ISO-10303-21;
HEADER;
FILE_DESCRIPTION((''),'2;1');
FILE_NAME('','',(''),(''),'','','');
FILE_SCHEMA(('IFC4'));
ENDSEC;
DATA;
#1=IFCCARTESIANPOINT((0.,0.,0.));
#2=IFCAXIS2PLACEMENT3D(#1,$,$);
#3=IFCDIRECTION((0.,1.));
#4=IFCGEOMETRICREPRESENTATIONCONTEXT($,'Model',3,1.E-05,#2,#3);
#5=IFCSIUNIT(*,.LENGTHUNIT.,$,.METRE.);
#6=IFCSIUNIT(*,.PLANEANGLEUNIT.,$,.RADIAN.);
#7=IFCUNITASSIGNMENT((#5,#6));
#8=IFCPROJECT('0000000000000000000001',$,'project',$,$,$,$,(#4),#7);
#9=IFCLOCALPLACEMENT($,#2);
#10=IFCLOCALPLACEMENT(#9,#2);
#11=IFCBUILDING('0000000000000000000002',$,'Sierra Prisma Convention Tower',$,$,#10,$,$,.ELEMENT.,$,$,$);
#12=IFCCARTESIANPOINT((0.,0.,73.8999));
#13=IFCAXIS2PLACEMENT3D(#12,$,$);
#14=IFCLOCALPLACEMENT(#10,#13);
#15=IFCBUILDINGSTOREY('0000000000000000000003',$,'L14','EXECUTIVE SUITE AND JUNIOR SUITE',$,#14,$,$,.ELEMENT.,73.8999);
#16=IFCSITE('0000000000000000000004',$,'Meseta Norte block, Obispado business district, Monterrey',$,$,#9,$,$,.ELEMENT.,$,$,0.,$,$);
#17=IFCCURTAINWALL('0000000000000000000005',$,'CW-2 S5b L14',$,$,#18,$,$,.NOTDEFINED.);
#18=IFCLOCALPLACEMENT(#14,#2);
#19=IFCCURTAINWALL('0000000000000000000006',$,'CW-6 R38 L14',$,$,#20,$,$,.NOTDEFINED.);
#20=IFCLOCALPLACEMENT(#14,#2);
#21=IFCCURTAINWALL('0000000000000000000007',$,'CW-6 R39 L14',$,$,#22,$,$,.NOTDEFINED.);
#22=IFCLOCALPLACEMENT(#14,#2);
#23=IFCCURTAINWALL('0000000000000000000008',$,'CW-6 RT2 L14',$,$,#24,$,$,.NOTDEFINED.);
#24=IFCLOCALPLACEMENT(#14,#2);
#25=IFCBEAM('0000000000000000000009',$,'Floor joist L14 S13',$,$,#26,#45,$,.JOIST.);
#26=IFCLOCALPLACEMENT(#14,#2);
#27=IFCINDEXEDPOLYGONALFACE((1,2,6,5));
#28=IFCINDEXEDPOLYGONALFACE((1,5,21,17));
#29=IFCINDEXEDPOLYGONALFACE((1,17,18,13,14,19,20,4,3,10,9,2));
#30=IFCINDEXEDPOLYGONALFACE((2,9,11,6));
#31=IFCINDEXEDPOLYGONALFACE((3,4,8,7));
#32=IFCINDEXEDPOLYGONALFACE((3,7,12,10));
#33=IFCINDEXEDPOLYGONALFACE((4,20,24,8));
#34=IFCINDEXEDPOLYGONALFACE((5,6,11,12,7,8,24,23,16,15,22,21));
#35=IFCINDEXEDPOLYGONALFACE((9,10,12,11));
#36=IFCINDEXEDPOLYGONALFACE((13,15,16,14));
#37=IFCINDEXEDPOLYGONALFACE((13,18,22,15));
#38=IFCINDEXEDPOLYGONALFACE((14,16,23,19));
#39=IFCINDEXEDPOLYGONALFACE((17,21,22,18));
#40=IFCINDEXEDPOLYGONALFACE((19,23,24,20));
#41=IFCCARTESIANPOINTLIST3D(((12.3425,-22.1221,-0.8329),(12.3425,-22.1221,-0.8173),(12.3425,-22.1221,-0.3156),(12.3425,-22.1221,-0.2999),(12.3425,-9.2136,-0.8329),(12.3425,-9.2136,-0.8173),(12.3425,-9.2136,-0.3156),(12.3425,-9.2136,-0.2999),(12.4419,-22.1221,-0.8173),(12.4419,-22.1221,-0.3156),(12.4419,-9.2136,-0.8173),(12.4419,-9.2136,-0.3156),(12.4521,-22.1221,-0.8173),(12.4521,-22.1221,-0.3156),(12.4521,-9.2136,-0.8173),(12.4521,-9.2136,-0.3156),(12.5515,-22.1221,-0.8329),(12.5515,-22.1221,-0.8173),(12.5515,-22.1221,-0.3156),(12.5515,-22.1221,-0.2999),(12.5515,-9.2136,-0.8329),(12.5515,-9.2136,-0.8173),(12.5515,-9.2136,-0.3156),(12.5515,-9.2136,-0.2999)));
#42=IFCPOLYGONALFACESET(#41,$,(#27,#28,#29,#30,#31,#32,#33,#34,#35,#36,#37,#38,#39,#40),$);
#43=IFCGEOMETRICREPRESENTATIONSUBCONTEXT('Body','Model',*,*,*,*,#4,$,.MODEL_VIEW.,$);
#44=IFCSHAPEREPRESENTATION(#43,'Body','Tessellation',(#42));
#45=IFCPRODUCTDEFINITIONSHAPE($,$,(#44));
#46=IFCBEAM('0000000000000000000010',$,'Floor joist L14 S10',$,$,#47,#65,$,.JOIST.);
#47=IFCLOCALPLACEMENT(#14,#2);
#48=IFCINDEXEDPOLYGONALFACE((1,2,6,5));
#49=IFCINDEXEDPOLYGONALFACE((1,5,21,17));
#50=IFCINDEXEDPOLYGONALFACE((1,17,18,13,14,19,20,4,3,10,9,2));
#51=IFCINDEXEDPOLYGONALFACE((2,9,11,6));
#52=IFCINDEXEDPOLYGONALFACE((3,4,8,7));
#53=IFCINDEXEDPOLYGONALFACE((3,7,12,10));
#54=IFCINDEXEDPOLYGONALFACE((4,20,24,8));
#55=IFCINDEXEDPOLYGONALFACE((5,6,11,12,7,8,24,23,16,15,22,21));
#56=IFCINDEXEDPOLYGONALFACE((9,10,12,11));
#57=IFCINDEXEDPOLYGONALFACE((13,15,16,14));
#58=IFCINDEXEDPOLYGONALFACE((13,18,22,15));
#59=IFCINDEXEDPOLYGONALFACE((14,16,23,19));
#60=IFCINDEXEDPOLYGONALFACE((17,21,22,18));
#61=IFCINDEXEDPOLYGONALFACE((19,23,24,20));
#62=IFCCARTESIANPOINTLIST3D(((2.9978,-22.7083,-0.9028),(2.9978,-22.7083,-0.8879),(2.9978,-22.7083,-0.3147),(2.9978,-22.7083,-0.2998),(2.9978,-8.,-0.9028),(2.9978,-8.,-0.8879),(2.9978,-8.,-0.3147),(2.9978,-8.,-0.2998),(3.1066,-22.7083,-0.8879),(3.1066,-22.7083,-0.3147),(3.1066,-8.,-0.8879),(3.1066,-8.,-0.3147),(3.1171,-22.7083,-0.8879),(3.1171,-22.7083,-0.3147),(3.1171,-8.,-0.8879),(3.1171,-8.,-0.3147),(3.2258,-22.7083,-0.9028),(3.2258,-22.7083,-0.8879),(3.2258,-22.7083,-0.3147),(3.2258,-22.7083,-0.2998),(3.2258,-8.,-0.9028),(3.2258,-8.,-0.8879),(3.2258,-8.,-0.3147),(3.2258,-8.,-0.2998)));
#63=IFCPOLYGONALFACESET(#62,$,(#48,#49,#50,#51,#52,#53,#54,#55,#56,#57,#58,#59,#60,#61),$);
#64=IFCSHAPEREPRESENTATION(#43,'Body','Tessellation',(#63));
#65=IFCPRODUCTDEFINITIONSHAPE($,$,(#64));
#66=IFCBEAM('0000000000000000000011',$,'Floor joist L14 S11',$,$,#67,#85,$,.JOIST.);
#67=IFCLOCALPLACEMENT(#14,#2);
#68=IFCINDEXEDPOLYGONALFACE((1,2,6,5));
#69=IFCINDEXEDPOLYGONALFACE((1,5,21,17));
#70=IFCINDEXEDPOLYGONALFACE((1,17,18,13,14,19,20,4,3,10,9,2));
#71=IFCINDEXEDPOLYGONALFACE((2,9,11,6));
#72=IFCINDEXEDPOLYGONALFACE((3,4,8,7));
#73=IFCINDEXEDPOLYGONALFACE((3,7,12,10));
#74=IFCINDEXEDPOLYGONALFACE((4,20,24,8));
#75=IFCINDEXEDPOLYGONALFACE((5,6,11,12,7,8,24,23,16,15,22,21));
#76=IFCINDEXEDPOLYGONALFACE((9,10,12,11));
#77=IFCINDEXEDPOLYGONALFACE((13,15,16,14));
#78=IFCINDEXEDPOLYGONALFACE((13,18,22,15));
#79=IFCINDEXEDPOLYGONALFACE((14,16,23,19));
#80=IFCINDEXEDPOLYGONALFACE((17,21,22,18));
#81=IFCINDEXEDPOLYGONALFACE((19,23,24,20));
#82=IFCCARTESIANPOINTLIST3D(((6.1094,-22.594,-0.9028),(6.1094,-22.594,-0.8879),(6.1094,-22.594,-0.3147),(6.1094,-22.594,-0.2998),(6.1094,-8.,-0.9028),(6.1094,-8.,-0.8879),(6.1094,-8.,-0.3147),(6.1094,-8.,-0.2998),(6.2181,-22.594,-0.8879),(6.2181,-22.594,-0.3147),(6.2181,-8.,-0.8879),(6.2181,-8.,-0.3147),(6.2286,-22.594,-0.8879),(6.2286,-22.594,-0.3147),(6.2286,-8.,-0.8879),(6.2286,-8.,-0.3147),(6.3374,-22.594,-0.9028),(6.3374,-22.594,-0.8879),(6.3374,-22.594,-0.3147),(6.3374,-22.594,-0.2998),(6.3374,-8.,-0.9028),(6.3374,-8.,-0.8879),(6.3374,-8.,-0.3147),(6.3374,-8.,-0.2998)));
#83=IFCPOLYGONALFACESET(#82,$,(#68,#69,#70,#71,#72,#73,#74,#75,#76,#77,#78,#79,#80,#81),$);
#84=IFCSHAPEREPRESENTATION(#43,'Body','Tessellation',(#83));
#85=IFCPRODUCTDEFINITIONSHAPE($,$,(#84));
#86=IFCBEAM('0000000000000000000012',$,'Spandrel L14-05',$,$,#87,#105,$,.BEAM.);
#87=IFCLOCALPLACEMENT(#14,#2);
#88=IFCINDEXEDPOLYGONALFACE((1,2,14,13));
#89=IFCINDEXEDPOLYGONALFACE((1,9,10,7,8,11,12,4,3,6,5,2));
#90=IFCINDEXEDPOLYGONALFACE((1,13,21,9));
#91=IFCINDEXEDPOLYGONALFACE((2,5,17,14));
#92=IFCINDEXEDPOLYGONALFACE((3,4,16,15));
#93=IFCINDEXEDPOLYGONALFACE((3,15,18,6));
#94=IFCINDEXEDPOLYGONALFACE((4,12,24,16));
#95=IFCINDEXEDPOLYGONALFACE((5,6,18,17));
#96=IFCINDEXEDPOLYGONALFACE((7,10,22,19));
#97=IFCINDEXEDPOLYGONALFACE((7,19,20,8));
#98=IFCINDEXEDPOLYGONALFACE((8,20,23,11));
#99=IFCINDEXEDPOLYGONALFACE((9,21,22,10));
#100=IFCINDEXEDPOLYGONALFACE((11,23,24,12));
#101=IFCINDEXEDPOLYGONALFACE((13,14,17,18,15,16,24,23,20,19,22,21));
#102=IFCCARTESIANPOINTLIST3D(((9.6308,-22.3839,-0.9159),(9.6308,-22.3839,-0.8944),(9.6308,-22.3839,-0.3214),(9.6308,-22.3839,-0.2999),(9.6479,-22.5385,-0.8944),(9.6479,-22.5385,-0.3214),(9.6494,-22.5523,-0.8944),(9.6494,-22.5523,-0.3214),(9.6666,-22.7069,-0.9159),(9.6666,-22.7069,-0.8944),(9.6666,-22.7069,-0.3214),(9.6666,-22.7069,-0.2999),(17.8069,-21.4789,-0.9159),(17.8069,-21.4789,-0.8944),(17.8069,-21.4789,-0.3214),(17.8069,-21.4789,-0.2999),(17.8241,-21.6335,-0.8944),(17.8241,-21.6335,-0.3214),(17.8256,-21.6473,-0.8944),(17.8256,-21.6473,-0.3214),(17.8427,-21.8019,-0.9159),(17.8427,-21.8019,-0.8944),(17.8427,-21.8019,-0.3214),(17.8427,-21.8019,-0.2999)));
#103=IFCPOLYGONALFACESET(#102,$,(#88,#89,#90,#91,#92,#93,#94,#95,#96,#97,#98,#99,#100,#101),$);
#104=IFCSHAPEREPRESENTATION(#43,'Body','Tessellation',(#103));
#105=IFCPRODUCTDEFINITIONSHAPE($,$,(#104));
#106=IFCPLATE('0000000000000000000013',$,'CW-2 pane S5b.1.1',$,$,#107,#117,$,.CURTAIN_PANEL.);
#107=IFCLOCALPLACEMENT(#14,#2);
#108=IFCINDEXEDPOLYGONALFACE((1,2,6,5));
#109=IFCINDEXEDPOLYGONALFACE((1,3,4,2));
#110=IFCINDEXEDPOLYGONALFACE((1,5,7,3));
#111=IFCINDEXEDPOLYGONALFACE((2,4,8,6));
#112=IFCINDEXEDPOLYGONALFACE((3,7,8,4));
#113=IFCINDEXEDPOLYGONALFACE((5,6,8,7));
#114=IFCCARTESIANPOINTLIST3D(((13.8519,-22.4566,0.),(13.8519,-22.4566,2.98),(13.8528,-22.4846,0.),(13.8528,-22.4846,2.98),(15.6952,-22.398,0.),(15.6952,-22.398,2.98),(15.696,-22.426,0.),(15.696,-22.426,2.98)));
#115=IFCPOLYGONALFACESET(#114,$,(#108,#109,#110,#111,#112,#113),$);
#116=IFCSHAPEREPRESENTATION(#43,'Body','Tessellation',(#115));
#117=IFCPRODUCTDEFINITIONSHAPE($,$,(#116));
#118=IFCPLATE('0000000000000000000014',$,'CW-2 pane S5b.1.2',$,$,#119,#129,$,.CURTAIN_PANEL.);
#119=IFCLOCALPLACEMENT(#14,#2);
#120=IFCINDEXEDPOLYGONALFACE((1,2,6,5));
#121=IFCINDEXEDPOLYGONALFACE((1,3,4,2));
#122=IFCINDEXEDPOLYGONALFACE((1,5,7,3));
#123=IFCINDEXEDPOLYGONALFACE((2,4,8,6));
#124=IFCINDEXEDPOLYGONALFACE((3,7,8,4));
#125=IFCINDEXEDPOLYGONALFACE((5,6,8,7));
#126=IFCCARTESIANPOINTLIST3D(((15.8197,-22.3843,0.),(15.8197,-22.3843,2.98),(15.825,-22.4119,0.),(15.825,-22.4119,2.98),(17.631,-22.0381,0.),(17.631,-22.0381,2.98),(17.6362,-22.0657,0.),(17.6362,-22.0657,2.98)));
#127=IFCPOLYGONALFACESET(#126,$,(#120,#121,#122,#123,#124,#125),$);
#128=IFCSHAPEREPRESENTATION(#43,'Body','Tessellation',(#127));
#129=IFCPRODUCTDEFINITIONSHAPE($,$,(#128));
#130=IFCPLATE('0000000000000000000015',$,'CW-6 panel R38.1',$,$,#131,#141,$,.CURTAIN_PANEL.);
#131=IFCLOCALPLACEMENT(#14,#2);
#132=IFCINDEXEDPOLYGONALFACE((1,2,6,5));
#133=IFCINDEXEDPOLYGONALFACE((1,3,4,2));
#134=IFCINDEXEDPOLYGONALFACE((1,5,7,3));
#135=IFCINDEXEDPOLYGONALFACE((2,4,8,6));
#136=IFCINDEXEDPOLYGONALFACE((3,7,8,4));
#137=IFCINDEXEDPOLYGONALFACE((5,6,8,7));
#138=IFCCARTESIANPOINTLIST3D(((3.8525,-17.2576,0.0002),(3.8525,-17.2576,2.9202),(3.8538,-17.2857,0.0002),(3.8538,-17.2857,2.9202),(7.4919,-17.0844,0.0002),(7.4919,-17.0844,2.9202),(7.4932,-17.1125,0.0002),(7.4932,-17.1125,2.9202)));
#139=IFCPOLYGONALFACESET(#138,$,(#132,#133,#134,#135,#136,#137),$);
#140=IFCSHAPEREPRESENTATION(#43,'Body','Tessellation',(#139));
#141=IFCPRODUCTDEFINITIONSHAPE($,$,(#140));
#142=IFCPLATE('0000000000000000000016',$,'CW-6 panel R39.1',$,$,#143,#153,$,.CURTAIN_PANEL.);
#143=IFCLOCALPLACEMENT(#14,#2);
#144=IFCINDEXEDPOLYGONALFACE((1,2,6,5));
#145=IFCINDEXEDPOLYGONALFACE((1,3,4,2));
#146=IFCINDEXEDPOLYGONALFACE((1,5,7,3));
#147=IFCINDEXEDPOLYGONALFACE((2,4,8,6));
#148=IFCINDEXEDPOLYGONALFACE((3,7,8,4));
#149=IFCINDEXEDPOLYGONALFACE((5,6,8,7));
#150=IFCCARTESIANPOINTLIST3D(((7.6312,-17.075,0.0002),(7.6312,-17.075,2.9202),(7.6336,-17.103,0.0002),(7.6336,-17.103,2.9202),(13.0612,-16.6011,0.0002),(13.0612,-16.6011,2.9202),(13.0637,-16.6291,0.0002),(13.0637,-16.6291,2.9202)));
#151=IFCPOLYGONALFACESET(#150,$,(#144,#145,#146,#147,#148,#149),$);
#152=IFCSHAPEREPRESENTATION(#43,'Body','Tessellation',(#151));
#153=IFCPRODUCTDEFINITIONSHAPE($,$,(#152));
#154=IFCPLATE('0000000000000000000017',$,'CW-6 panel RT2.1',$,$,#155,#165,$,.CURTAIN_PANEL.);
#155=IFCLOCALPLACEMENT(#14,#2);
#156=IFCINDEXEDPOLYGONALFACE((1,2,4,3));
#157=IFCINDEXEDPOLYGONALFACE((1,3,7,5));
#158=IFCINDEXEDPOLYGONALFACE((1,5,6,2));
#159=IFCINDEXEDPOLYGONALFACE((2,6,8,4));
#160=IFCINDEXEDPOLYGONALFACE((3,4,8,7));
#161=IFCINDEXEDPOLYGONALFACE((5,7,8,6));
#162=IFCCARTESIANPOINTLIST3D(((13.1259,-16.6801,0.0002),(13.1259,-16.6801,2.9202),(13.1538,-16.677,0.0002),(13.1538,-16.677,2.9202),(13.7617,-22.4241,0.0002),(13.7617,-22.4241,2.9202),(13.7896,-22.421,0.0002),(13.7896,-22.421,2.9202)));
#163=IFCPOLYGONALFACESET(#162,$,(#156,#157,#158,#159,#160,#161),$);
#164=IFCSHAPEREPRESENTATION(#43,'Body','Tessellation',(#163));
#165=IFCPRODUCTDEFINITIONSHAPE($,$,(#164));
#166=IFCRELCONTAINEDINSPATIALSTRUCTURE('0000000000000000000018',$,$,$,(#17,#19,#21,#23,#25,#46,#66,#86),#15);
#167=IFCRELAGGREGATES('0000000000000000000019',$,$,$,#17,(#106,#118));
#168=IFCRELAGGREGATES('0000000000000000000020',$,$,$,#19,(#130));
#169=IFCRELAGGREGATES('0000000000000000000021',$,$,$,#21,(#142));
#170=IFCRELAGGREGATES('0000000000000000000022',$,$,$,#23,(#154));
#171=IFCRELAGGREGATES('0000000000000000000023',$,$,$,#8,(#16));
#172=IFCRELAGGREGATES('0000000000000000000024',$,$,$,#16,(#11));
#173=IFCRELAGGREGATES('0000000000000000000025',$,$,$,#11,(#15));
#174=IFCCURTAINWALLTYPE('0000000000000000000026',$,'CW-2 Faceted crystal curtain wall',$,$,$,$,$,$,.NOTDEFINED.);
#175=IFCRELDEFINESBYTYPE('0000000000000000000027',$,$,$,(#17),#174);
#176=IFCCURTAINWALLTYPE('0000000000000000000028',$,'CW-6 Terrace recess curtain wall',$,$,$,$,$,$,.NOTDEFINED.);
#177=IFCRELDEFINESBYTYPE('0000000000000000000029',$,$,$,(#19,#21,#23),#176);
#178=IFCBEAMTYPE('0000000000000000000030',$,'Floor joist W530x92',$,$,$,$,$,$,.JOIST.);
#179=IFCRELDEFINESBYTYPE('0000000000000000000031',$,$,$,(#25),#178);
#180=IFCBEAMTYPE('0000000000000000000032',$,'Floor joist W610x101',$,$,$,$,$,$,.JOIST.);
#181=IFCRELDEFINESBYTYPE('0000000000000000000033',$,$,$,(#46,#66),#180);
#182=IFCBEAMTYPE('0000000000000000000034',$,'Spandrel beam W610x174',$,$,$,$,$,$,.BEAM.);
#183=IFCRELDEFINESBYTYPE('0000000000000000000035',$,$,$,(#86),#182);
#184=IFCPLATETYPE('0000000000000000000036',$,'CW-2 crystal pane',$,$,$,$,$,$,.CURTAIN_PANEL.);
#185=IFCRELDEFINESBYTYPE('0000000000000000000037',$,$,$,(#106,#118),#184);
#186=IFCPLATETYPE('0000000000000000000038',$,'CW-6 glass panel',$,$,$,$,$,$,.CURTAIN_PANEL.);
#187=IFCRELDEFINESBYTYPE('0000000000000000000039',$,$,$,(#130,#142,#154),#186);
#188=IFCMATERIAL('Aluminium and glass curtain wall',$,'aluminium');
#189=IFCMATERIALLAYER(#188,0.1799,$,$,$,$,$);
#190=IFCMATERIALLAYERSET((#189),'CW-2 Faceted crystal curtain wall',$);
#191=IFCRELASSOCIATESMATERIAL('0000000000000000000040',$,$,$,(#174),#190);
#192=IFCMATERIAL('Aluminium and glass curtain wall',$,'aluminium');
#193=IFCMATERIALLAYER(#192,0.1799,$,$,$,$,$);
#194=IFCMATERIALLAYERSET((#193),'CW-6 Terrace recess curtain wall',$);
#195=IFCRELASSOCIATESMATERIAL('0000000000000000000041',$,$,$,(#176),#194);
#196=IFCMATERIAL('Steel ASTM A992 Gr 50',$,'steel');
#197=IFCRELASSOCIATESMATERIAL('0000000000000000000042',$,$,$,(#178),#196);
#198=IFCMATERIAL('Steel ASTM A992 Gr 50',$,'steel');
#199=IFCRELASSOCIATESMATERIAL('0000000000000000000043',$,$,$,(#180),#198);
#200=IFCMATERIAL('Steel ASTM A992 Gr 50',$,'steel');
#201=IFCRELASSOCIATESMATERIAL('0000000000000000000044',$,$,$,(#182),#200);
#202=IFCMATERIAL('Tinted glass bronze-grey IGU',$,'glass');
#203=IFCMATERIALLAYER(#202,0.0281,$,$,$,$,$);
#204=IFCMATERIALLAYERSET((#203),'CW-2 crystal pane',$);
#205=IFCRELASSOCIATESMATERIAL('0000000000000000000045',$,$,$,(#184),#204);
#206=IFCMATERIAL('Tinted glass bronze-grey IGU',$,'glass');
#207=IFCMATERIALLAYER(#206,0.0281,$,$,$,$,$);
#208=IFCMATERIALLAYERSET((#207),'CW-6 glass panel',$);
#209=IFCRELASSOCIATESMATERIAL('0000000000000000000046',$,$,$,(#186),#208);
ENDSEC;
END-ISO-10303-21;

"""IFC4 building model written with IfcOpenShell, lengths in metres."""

from ifc_helpers import new_model, si_unit, direction, frame, origin, origin_2d, place, context, subcontext, project, spatial, polyline, rectangle, i_section, outline, extrude, material, layer, layer_set, material_profile, profile_set, type_object, element, aggregate, save


model = new_model("IFC4")

# Units and contexts
model_context = context("Model", 3, precision=1e-05, world=origin(), true_north=direction((0.0, 1.0)))
body_context = subcontext(model_context, "Body", "Model", "MODEL_VIEW")
ifc_project = project(units=[si_unit("LENGTHUNIT", "METRE"), si_unit("PLANEANGLEUNIT", "RADIAN")], contexts=[model_context])

# Site, building, storey
site_placement = place(None, origin())
site = spatial("IfcSite", under=ifc_project, at=site_placement, Name="Meseta Norte block, Obispado business district, Monterrey", CompositionType="ELEMENT", RefElevation=0.0)
building_placement = place(site_placement, origin())
building = spatial("IfcBuilding", under=site, at=building_placement, Name="Sierra Prisma Convention Tower", CompositionType="ELEMENT")
storey_placement = place(building_placement, frame((0.0, 0.0, 73.8999)))
storey = spatial("IfcBuildingStorey", under=building, at=storey_placement, Name="L14", Description="EXECUTIVE SUITE AND JUNIOR SUITE", CompositionType="ELEMENT", Elevation=73.8999)

# Curtain wall
ifc_material_1 = material(Name="Aluminium and glass curtain wall", Category="aluminium")
ifc_layer_1 = layer(ifc_material_1, 0.1799)
ifc_layer_set_1 = layer_set([ifc_layer_1], Name="CW-2 Faceted crystal curtain wall")
curtain_wall_type_1 = type_object("IfcCurtainWallType", Name="CW-2 Faceted crystal curtain wall", PredefinedType="NOTDEFINED", material=ifc_layer_set_1)
curtain_wall_1_placement = place(storey_placement, origin())
curtain_wall_1 = element("IfcCurtainWall", 1, at=curtain_wall_1_placement, inside=storey, type_object=curtain_wall_type_1, Name="CW-2 S5b L14", PredefinedType="NOTDEFINED")

# Curtain wall
ifc_material_2 = material(Name="Aluminium and glass curtain wall", Category="aluminium")
ifc_layer_2 = layer(ifc_material_2, 0.1799)
ifc_layer_set_2 = layer_set([ifc_layer_2], Name="CW-6 Terrace recess curtain wall")
curtain_wall_type_2 = type_object("IfcCurtainWallType", Name="CW-6 Terrace recess curtain wall", PredefinedType="NOTDEFINED", material=ifc_layer_set_2)
curtain_wall_2_placement = place(storey_placement, origin())
curtain_wall_2 = element("IfcCurtainWall", 2, at=curtain_wall_2_placement, inside=storey, type_object=curtain_wall_type_2, Name="CW-6 R38 L14", PredefinedType="NOTDEFINED")

# Curtain wall
curtain_wall_3_placement = place(storey_placement, origin())
curtain_wall_3 = element("IfcCurtainWall", 3, at=curtain_wall_3_placement, inside=storey, type_object=curtain_wall_type_2, Name="CW-6 R39 L14", PredefinedType="NOTDEFINED")

# Curtain wall
curtain_wall_4_placement = place(storey_placement, origin())
curtain_wall_4 = element("IfcCurtainWall", 4, at=curtain_wall_4_placement, inside=storey, type_object=curtain_wall_type_2, Name="CW-6 RT2 L14", PredefinedType="NOTDEFINED")

# Beams
ifc_material_3 = material(Name="Steel ASTM A992 Gr 50", Category="steel")
ifc_material_profile_1 = material_profile(ifc_material_3, i_section(OverallWidth=0.209, OverallDepth=0.533, WebThickness=0.0103, FlangeThickness=0.0156, at=origin_2d()), Name="W530x92")
ifc_profile_set_1 = profile_set([ifc_material_profile_1], Name="Steel ASTM A992 Gr 50")
beam_type_1 = type_object("IfcBeamType", Name="Floor joist W530x92", PredefinedType="JOIST", material=ifc_profile_set_1)
beam_1_placement = place(storey_placement, frame((12.447, -22.1221, -0.5664), z_axis=(0.0, 1.0, 0.0), x_axis=(-1.0, 0.0, 0.0)))
element("IfcBeam", 5, at=beam_1_placement, inside=storey, type_object=beam_type_1, Name="Floor joist L14 S13", PredefinedType="JOIST", context=body_context, shape_type="SweptSolid", body=[
    extrude(i_section(OverallWidth=0.209, OverallDepth=0.533, WebThickness=0.0103, FlangeThickness=0.0156, at=origin_2d()), origin(), (0.0, 0.0, 1.0), 12.9084),
])
ifc_material_4 = material(Name="Steel ASTM A992 Gr 50", Category="steel")
ifc_material_profile_2 = material_profile(ifc_material_4, i_section(OverallWidth=0.228, OverallDepth=0.603, WebThickness=0.0105, FlangeThickness=0.0149, at=origin_2d()), Name="W610x101")
ifc_profile_set_2 = profile_set([ifc_material_profile_2], Name="Steel ASTM A992 Gr 50")
beam_type_2 = type_object("IfcBeamType", Name="Floor joist W610x101", PredefinedType="JOIST", material=ifc_profile_set_2)
beam_2_placement = place(storey_placement, frame((3.1118, -22.7083, -0.6013), z_axis=(0.0, 1.0, 0.0), x_axis=(-1.0, 0.0, 0.0)))
element("IfcBeam", 6, at=beam_2_placement, inside=storey, type_object=beam_type_2, Name="Floor joist L14 S10", PredefinedType="JOIST", context=body_context, shape_type="SweptSolid", body=[
    extrude(i_section(OverallWidth=0.228, OverallDepth=0.603, WebThickness=0.0105, FlangeThickness=0.0149, at=origin_2d()), origin(), (0.0, 0.0, 1.0), 14.7083),
])
beam_3_placement = place(storey_placement, frame((6.2234, -22.594, -0.6013), z_axis=(0.0, 1.0, 0.0), x_axis=(-1.0, 0.0, 0.0)))
element("IfcBeam", 7, at=beam_3_placement, inside=storey, type_object=beam_type_2, Name="Floor joist L14 S11", PredefinedType="JOIST", context=body_context, shape_type="SweptSolid", body=[
    extrude(i_section(OverallWidth=0.228, OverallDepth=0.603, WebThickness=0.0105, FlangeThickness=0.0149, at=origin_2d()), origin(), (0.0, 0.0, 1.0), 14.594),
])
ifc_material_5 = material(Name="Steel ASTM A992 Gr 50", Category="steel")
ifc_material_profile_3 = material_profile(ifc_material_5, i_section(OverallWidth=0.325, OverallDepth=0.616, WebThickness=0.0139, FlangeThickness=0.0215, at=origin_2d()), Name="W610x174")
ifc_profile_set_3 = profile_set([ifc_material_profile_3], Name="Steel ASTM A992 Gr 50")
beam_type_3 = type_object("IfcBeamType", Name="Spandrel beam W610x174", PredefinedType="BEAM", material=ifc_profile_set_3)
beam_4_placement = place(storey_placement, frame((9.6487, -22.5454, -0.6079), z_axis=(0.993929, 0.110021, 0.0), x_axis=(-0.110021, 0.993929, 0.0)))
element("IfcBeam", 8, at=beam_4_placement, inside=storey, type_object=beam_type_3, Name="Spandrel L14-05", PredefinedType="BEAM", context=body_context, shape_type="SweptSolid", body=[
    extrude(i_section(OverallWidth=0.325, OverallDepth=0.616, WebThickness=0.0139, FlangeThickness=0.0215, at=origin_2d()), origin(), (0.0, 0.0, 1.0), 8.2261),
])

# Plates
ifc_material_6 = material(Name="Tinted glass bronze-grey IGU", Category="glass")
ifc_layer_3 = layer(ifc_material_6, 0.0281)
ifc_layer_set_3 = layer_set([ifc_layer_3], Name="CW-2 crystal pane")
plate_type_1 = type_object("IfcPlateType", Name="CW-2 crystal pane", PredefinedType="CURTAIN_PANEL", material=ifc_layer_set_3)
plate_1_placement = place(storey_placement, frame((13.8528, -22.4846, 0.0), z_axis=(0.031772, -0.999495, 0.0), x_axis=(0.999495, 0.031772, 0.0)))
plate_1 = element("IfcPlate", 9, at=plate_1_placement, type_object=plate_type_1, Name="CW-2 pane S5b.1.1", PredefinedType="CURTAIN_PANEL", context=body_context, shape_type="SweptSolid", body=[
    extrude(outline(polyline([(0.0, 0.0), (1.8442, 0.0), (1.8442, 2.98), (0.0, 2.98), (0.0, 0.0)])), origin(), (0.0, 0.0, -1.0), 0.0281),
])
plate_2_placement = place(storey_placement, frame((17.6362, -22.0657, 0.0), z_axis=(0.187733, -0.98222, 0.0), x_axis=(-0.98222, -0.187733, 0.0)))
plate_2 = element("IfcPlate", 10, at=plate_2_placement, type_object=plate_type_1, Name="CW-2 pane S5b.1.2", PredefinedType="CURTAIN_PANEL", context=body_context, shape_type="SweptSolid", body=[
    extrude(outline(polyline([(0.0, 0.0), (1.8441, 0.0), (1.8441, -2.98), (0.0, -2.98), (0.0, 0.0)])), origin(), (0.0, 0.0, -1.0), 0.0281),
])
aggregate(curtain_wall_1, [plate_1, plate_2])
ifc_material_7 = material(Name="Tinted glass bronze-grey IGU", Category="glass")
ifc_layer_4 = layer(ifc_material_7, 0.0281)
ifc_layer_set_4 = layer_set([ifc_layer_4], Name="CW-6 glass panel")
plate_type_2 = type_object("IfcPlateType", Name="CW-6 glass panel", PredefinedType="CURTAIN_PANEL", material=ifc_layer_set_4)
plate_3_placement = place(storey_placement, frame((5.6729, -17.1851, 0.0002), z_axis=(0.0, 0.0, 1.0), x_axis=(0.99887, 0.047533, 0.0)))
plate_3 = element("IfcPlate", 11, at=plate_3_placement, type_object=plate_type_2, Name="CW-6 panel R38.1", PredefinedType="CURTAIN_PANEL", context=body_context, shape_type="SweptSolid", body=[
    extrude(rectangle(XDim=3.6436, YDim=0.0281, at=origin_2d()), origin(), (0.0, 0.0, 1.0), 2.9199),
])
aggregate(curtain_wall_2, [plate_3])
plate_4_placement = place(storey_placement, frame((10.3474, -16.8521, 0.0002), z_axis=(0.0, 0.0, 1.0), x_axis=(0.996213, 0.086947, 0.0)))
plate_4 = element("IfcPlate", 12, at=plate_4_placement, type_object=plate_type_2, Name="CW-6 panel R39.1", PredefinedType="CURTAIN_PANEL", context=body_context, shape_type="SweptSolid", body=[
    extrude(rectangle(XDim=5.4507, YDim=0.0281, at=origin_2d()), origin(), (0.0, 0.0, 1.0), 2.9199),
])
aggregate(curtain_wall_3, [plate_4])
plate_5_placement = place(storey_placement, frame((13.4578, -19.5505, 0.0002), z_axis=(0.0, 0.0, 1.0), x_axis=(0.11002, -0.993929, 0.0)))
plate_5 = element("IfcPlate", 13, at=plate_5_placement, type_object=plate_type_2, Name="CW-6 panel RT2.1", PredefinedType="CURTAIN_PANEL", context=body_context, shape_type="SweptSolid", body=[
    extrude(rectangle(XDim=5.7791, YDim=0.0281, at=origin_2d()), origin(), (0.0, 0.0, 1.0), 2.9199),
])
aggregate(curtain_wall_4, [plate_5])

save(model, "model.ifc")
